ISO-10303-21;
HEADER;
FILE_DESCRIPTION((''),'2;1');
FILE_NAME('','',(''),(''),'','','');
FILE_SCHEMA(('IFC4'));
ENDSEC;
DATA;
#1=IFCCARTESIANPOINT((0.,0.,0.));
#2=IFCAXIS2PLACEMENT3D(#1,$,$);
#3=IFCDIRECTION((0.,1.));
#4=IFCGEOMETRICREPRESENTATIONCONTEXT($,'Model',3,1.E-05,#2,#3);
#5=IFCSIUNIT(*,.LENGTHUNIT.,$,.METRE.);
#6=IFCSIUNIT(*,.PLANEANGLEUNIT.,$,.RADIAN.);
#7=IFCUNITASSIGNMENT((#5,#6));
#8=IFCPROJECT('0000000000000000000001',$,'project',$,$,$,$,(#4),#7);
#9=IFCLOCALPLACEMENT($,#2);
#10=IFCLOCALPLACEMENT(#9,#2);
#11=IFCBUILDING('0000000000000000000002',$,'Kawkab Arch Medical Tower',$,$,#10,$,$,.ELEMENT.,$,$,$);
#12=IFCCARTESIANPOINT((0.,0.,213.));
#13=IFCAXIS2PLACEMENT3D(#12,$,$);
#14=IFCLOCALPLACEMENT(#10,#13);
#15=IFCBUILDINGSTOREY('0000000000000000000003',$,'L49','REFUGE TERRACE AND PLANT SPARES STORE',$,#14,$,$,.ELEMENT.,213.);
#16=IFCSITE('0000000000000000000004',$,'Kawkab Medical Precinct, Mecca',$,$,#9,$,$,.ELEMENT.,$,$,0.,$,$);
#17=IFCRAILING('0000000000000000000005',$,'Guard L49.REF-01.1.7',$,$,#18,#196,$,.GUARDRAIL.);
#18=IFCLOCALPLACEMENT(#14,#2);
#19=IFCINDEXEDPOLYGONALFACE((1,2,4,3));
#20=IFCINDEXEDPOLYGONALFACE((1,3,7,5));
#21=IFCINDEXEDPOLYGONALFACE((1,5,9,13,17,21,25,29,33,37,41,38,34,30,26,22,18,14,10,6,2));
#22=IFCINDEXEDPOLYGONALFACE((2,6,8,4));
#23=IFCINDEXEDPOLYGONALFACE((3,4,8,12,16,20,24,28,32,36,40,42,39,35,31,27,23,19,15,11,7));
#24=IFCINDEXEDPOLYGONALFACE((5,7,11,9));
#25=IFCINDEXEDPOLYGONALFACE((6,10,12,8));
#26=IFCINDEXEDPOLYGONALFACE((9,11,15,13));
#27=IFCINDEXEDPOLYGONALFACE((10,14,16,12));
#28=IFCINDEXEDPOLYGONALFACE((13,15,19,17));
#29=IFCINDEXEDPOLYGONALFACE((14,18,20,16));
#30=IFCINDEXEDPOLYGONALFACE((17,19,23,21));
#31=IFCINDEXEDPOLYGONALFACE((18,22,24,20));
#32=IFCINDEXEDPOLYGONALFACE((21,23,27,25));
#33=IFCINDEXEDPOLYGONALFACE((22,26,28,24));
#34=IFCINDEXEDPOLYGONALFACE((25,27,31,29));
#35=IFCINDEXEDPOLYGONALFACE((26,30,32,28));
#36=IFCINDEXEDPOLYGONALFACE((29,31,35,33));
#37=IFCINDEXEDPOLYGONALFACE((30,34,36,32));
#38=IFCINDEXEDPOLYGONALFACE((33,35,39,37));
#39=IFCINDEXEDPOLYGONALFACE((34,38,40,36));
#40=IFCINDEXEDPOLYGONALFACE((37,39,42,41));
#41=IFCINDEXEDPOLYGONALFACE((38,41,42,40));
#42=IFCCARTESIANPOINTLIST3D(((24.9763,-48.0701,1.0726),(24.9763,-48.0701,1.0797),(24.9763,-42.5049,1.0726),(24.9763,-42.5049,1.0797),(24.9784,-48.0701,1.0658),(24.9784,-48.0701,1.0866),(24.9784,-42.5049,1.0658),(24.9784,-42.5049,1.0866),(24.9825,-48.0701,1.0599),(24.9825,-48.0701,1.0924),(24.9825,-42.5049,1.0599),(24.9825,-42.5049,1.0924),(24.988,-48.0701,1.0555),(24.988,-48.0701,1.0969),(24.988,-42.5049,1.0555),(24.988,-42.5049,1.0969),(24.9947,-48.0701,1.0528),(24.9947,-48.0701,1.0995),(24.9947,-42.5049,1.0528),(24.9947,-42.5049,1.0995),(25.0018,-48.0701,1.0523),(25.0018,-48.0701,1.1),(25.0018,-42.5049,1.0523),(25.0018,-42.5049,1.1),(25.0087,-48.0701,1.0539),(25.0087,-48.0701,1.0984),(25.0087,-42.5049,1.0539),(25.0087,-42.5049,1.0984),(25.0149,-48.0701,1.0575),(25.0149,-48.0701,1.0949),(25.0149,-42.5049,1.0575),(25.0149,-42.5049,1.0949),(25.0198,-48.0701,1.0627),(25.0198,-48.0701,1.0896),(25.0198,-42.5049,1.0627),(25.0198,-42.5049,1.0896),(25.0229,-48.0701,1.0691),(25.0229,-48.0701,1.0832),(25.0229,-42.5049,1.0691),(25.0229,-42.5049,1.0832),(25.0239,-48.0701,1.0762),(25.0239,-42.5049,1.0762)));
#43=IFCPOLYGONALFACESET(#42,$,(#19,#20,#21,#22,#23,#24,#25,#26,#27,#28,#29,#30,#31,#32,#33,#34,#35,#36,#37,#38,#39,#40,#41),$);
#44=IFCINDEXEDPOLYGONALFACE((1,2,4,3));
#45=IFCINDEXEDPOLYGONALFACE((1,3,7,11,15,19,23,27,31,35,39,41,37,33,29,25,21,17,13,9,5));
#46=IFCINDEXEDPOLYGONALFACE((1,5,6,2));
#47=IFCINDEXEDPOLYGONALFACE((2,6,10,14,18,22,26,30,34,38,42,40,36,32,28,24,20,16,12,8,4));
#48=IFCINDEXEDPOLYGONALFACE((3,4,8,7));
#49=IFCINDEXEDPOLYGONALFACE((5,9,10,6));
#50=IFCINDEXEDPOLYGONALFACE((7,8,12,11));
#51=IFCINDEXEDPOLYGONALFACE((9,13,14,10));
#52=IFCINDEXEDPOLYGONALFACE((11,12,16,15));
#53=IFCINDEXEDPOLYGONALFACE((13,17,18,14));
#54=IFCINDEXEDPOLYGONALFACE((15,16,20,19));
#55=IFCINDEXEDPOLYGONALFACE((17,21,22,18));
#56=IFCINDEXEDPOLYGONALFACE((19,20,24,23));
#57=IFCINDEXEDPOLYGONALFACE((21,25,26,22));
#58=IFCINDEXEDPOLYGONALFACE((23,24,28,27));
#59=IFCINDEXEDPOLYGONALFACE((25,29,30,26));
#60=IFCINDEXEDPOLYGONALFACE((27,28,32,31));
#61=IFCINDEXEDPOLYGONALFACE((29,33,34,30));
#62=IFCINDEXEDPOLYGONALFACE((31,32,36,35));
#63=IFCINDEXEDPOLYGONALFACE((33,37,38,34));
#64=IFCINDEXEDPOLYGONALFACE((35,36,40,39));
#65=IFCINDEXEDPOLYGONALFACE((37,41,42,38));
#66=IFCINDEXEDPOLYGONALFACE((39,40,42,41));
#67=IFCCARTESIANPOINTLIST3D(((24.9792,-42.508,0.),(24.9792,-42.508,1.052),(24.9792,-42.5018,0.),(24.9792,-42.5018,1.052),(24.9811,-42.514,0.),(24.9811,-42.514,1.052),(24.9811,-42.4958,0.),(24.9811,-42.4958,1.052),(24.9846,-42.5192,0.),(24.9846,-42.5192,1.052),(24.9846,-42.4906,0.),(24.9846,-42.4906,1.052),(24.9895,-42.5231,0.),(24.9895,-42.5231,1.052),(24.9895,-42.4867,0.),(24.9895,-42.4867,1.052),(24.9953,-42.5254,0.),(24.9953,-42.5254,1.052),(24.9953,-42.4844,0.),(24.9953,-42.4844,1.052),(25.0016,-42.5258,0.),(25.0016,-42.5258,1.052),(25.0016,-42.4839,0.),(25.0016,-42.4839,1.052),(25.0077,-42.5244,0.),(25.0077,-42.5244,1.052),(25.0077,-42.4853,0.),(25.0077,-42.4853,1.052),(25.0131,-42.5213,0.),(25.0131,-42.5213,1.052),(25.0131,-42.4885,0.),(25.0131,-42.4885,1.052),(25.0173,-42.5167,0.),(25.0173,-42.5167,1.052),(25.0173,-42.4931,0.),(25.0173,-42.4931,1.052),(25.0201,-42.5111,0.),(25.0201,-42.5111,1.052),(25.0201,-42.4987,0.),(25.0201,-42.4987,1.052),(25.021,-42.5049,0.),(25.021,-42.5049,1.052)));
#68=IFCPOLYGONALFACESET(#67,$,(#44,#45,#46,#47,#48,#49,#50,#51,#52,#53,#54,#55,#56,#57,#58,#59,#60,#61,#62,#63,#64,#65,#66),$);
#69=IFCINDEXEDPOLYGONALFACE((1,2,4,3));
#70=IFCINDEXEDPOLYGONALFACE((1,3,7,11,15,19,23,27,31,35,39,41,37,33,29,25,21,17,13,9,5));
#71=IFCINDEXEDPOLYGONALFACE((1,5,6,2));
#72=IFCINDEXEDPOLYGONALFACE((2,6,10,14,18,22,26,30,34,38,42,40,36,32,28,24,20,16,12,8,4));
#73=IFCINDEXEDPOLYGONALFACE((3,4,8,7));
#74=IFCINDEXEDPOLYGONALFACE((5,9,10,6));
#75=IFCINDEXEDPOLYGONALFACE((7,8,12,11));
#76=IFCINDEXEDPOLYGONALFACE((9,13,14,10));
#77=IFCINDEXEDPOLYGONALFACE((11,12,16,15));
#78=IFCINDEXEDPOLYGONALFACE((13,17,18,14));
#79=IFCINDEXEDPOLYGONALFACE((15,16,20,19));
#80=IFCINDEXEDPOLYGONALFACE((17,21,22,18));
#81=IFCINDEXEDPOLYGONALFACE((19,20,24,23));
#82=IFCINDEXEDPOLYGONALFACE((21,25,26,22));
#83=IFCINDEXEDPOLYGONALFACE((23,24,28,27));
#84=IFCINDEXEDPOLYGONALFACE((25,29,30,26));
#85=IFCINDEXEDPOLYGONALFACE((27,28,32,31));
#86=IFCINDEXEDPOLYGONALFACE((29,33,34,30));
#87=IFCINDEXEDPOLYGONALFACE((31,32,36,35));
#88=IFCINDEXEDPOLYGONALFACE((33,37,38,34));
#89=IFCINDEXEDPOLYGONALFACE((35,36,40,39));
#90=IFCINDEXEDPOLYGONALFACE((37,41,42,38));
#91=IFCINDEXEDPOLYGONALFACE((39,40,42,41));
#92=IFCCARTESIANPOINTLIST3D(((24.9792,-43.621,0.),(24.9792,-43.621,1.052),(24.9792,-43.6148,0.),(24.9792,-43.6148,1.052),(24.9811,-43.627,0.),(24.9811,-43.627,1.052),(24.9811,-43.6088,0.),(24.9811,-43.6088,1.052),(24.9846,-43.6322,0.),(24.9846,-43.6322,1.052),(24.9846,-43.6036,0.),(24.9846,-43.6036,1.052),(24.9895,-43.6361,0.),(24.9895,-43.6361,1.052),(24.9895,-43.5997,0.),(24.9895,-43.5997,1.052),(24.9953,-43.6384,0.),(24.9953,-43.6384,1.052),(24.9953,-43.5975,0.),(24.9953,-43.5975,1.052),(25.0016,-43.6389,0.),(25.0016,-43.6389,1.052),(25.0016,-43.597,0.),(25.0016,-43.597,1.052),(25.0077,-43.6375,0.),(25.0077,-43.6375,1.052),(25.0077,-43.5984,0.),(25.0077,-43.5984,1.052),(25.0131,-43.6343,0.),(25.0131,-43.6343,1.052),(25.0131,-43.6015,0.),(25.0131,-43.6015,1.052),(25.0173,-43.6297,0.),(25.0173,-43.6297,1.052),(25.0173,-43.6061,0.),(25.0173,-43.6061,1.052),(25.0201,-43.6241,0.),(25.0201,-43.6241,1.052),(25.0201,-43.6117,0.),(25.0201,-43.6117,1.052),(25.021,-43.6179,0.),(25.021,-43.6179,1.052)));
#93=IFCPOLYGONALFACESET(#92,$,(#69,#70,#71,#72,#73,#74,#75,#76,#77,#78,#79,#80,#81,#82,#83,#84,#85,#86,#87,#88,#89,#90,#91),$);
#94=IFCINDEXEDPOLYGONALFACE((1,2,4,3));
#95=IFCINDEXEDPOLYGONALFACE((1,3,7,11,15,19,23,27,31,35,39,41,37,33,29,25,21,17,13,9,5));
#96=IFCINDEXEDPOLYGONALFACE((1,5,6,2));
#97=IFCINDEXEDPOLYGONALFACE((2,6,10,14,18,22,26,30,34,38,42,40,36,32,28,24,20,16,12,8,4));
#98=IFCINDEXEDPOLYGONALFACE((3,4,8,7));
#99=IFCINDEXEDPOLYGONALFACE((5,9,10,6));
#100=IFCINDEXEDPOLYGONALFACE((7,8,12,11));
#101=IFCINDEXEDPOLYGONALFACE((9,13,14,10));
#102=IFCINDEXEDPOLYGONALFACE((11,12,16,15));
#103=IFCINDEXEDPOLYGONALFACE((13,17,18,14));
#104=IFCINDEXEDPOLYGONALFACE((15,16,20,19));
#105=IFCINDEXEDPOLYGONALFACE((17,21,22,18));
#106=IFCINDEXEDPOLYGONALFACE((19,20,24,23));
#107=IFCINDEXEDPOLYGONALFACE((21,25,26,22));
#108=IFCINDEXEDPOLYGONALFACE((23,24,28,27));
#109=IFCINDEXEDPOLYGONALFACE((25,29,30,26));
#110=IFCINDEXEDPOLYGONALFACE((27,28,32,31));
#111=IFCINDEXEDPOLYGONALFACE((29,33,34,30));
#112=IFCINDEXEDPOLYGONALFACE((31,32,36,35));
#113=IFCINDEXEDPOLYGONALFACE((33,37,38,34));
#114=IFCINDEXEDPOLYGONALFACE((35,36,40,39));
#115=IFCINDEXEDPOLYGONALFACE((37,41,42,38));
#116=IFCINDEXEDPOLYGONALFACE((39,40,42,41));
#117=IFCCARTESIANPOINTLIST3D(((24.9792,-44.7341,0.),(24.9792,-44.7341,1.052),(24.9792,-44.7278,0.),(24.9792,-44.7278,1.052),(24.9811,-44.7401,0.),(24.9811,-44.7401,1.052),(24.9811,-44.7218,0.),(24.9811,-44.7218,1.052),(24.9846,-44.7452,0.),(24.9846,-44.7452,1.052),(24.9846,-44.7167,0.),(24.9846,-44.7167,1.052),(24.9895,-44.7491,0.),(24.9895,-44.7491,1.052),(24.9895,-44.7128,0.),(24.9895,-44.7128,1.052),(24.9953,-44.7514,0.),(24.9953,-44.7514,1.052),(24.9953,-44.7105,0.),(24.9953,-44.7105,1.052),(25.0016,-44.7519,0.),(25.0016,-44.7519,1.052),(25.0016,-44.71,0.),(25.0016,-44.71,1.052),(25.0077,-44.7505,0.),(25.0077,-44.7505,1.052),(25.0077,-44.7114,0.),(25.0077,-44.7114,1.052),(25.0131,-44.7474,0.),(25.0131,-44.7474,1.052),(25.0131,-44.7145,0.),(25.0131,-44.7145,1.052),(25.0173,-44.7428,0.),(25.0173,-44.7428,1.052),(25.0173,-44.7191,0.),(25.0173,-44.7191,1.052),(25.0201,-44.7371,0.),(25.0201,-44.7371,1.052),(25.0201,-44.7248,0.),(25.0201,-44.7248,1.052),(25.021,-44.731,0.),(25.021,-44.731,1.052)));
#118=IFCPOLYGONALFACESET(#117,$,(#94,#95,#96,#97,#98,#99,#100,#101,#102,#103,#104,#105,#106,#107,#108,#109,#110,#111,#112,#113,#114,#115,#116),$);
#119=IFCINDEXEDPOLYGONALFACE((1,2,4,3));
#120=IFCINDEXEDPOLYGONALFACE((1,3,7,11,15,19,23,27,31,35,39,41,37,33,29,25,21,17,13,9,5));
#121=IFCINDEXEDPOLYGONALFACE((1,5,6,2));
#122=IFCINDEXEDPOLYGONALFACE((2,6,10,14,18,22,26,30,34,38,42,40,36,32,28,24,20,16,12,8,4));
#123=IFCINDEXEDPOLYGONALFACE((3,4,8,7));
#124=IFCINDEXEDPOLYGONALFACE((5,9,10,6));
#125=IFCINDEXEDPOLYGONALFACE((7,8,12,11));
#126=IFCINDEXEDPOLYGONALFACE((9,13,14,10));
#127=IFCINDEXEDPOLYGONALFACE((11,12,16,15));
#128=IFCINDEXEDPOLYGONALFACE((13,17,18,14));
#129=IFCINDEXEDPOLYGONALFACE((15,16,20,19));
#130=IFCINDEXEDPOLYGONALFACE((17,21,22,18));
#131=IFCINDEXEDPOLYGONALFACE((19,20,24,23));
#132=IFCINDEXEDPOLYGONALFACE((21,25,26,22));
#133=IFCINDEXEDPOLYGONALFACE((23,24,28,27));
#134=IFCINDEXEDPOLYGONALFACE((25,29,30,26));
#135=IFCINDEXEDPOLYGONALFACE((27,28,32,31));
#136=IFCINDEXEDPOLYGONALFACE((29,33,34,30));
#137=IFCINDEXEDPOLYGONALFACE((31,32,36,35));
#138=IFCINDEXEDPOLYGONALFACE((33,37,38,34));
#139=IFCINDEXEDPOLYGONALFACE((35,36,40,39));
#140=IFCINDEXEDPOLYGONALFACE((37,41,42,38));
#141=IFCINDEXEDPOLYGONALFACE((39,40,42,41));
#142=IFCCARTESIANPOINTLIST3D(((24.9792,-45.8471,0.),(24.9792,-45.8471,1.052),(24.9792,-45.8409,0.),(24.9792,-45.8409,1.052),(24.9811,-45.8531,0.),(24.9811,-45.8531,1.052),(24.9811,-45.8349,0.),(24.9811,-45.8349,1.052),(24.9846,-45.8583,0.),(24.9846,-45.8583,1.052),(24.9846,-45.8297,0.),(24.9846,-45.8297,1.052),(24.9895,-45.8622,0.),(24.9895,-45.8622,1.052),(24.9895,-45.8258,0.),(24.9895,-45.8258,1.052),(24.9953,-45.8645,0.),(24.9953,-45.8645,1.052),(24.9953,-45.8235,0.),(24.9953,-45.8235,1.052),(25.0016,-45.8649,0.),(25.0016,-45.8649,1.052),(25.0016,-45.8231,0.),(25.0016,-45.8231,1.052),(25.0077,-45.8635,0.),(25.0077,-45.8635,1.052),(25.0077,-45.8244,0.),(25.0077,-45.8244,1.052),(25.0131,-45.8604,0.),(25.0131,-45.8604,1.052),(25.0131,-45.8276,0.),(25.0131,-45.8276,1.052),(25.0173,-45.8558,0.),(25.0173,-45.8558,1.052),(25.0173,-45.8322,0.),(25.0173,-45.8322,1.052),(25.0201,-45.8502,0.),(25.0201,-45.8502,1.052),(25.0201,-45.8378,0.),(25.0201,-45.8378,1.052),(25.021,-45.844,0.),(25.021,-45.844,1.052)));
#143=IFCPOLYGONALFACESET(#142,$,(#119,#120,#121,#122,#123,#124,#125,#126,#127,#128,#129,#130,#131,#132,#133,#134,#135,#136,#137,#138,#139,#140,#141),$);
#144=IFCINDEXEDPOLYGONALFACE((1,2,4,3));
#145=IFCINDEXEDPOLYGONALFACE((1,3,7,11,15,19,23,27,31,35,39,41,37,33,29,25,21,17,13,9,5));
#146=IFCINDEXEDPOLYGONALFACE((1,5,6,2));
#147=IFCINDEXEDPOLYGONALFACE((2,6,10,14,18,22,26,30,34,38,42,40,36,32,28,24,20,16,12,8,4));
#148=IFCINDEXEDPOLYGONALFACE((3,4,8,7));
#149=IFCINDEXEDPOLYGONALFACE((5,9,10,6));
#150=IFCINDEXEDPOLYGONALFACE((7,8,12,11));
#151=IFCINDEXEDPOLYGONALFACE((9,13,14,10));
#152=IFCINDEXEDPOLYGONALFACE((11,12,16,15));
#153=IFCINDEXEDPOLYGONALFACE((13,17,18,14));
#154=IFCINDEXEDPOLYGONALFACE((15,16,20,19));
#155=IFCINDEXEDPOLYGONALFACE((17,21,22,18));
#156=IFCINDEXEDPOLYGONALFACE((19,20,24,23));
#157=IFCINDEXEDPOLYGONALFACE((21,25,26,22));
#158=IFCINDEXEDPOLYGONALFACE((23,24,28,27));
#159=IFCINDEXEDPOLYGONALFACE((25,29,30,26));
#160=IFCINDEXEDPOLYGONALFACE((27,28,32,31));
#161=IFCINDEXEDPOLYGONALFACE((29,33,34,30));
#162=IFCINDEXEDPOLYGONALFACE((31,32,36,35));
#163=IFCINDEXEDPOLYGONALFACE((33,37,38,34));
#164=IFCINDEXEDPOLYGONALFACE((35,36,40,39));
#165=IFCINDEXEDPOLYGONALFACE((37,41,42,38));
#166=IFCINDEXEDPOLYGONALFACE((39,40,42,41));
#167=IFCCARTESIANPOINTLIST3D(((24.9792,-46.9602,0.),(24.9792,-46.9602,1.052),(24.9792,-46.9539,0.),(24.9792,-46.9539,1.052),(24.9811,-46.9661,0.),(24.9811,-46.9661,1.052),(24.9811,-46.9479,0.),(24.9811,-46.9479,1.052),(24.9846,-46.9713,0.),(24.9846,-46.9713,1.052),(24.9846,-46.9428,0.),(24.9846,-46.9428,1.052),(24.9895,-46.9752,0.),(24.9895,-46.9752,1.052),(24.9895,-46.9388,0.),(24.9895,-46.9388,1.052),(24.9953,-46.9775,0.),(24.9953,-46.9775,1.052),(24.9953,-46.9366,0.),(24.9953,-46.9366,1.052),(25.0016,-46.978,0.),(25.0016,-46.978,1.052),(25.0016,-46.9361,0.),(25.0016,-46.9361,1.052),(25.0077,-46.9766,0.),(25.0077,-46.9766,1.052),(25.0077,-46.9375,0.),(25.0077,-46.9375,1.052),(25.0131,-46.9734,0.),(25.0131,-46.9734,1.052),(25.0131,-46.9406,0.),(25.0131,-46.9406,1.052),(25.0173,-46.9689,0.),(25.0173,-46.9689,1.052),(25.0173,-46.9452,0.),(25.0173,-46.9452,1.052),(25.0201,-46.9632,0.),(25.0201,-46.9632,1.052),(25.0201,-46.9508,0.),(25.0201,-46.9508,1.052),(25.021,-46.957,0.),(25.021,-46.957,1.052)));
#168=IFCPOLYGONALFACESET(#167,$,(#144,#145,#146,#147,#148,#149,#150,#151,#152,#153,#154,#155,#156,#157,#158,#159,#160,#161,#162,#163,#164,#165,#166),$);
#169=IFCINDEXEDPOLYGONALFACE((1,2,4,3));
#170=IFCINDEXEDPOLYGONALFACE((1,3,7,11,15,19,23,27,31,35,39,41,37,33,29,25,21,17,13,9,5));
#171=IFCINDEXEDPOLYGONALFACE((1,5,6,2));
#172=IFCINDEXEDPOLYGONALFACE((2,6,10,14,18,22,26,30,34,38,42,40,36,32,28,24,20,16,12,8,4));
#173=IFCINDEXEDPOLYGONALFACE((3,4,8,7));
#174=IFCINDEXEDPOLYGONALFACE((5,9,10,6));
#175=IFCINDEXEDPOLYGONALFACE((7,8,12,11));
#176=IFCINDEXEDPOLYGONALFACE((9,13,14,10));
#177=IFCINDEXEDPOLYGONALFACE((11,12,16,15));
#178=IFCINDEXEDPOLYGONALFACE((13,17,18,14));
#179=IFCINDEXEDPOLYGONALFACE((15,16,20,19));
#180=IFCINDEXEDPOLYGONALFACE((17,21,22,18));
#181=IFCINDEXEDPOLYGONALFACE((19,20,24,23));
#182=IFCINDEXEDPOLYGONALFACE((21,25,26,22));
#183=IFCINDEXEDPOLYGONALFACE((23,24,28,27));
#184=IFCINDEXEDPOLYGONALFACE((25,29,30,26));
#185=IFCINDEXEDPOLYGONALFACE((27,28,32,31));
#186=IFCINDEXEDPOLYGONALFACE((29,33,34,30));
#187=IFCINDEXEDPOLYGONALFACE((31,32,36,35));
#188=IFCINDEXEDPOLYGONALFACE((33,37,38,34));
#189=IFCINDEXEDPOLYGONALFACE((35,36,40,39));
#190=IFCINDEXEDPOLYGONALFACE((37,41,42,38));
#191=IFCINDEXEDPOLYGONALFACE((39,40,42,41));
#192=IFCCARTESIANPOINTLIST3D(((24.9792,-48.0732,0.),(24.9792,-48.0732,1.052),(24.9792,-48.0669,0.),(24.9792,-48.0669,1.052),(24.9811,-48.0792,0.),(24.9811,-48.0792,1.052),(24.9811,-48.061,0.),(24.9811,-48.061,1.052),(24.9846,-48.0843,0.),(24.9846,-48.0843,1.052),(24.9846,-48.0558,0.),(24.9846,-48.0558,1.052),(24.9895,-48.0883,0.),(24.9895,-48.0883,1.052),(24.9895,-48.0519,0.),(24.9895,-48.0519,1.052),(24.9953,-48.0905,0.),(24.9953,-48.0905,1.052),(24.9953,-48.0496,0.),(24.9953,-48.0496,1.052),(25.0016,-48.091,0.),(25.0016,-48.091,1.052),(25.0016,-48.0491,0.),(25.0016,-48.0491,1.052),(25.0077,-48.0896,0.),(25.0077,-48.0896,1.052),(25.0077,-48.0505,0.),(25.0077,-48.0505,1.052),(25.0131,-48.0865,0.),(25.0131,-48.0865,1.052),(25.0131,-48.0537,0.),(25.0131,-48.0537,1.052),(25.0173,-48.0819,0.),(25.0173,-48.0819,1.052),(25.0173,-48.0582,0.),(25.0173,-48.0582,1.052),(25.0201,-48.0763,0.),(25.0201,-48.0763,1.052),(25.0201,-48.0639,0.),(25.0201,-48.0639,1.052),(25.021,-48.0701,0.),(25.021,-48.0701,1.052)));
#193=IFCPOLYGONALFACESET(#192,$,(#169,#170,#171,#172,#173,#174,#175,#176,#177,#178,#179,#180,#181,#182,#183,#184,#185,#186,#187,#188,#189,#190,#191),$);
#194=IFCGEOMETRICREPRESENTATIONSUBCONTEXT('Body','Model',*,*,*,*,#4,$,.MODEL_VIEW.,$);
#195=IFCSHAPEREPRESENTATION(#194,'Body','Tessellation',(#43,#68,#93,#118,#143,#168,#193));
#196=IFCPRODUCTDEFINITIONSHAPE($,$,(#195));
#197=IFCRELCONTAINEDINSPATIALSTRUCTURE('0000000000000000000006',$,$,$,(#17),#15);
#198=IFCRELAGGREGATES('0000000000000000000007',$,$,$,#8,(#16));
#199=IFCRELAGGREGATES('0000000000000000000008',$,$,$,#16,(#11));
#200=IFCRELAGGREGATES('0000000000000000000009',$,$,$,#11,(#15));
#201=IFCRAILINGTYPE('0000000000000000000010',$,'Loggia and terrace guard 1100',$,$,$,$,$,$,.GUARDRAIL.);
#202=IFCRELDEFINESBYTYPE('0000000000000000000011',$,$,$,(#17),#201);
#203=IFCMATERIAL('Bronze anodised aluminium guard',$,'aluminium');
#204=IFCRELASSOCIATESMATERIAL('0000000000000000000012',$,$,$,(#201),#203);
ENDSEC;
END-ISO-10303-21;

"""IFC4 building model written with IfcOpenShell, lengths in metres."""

from ifc_helpers import new_model, si_unit, direction, frame, origin, origin_2d, place, context, subcontext, project, spatial, circle, extrude, material, type_object, element, save


model = new_model("IFC4")

# Units and contexts
model_context = context("Model", 3, precision=1e-05, world=origin(), true_north=direction((0.0, 1.0)))
body_context = subcontext(model_context, "Body", "Model", "MODEL_VIEW")
ifc_project = project(units=[si_unit("LENGTHUNIT", "METRE"), si_unit("PLANEANGLEUNIT", "RADIAN")], contexts=[model_context])

# Site, building, storey
site_placement = place(None, origin())
site = spatial("IfcSite", under=ifc_project, at=site_placement, Name="Kawkab Medical Precinct, Mecca", CompositionType="ELEMENT", RefElevation=0.0)
building_placement = place(site_placement, origin())
building = spatial("IfcBuilding", under=site, at=building_placement, Name="Kawkab Arch Medical Tower", CompositionType="ELEMENT")
storey_placement = place(building_placement, frame((0.0, 0.0, 213.0)))
storey = spatial("IfcBuildingStorey", under=building, at=storey_placement, Name="L49", Description="REFUGE TERRACE AND PLANT SPARES STORE", CompositionType="ELEMENT", Elevation=213.0)

# Railing
ifc_material_1 = material(Name="Bronze anodised aluminium guard", Category="aluminium")
railing_type = type_object("IfcRailingType", Name="Loggia and terrace guard 1100", PredefinedType="GUARDRAIL", material=ifc_material_1)
railing_1_placement = place(storey_placement, frame((25.0, -42.5049, 0.0)))
element("IfcRailing", 1, at=railing_1_placement, inside=storey, type_object=railing_type, Name="Guard L49.REF-01.1.7", PredefinedType="GUARDRAIL", context=body_context, shape_type="SweptSolid", body=[
    extrude(circle(Radius=0.0239, at=origin_2d()), frame((0.0, 0.0, 1.0762), z_axis=(0.0, -1.0, 0.0), x_axis=(1.0, 0.0, 0.0)), (0.0, 0.0, 1.0), 5.5652),
    extrude(circle(Radius=0.021, at=origin_2d()), origin(), (0.0, 0.0, 1.0), 1.052),
    extrude(circle(Radius=0.021, at=origin_2d()), frame((0.0, -1.113, 0.0)), (0.0, 0.0, 1.0), 1.052),
    extrude(circle(Radius=0.021, at=origin_2d()), frame((0.0, -2.2261, 0.0)), (0.0, 0.0, 1.0), 1.052),
    extrude(circle(Radius=0.021, at=origin_2d()), frame((0.0, -3.3391, 0.0)), (0.0, 0.0, 1.0), 1.052),
    extrude(circle(Radius=0.021, at=origin_2d()), frame((0.0, -4.4521, 0.0)), (0.0, 0.0, 1.0), 1.052),
    extrude(circle(Radius=0.021, at=origin_2d()), frame((0.0, -5.5652, 0.0)), (0.0, 0.0, 1.0), 1.052),
])

save(model, "model.ifc")
